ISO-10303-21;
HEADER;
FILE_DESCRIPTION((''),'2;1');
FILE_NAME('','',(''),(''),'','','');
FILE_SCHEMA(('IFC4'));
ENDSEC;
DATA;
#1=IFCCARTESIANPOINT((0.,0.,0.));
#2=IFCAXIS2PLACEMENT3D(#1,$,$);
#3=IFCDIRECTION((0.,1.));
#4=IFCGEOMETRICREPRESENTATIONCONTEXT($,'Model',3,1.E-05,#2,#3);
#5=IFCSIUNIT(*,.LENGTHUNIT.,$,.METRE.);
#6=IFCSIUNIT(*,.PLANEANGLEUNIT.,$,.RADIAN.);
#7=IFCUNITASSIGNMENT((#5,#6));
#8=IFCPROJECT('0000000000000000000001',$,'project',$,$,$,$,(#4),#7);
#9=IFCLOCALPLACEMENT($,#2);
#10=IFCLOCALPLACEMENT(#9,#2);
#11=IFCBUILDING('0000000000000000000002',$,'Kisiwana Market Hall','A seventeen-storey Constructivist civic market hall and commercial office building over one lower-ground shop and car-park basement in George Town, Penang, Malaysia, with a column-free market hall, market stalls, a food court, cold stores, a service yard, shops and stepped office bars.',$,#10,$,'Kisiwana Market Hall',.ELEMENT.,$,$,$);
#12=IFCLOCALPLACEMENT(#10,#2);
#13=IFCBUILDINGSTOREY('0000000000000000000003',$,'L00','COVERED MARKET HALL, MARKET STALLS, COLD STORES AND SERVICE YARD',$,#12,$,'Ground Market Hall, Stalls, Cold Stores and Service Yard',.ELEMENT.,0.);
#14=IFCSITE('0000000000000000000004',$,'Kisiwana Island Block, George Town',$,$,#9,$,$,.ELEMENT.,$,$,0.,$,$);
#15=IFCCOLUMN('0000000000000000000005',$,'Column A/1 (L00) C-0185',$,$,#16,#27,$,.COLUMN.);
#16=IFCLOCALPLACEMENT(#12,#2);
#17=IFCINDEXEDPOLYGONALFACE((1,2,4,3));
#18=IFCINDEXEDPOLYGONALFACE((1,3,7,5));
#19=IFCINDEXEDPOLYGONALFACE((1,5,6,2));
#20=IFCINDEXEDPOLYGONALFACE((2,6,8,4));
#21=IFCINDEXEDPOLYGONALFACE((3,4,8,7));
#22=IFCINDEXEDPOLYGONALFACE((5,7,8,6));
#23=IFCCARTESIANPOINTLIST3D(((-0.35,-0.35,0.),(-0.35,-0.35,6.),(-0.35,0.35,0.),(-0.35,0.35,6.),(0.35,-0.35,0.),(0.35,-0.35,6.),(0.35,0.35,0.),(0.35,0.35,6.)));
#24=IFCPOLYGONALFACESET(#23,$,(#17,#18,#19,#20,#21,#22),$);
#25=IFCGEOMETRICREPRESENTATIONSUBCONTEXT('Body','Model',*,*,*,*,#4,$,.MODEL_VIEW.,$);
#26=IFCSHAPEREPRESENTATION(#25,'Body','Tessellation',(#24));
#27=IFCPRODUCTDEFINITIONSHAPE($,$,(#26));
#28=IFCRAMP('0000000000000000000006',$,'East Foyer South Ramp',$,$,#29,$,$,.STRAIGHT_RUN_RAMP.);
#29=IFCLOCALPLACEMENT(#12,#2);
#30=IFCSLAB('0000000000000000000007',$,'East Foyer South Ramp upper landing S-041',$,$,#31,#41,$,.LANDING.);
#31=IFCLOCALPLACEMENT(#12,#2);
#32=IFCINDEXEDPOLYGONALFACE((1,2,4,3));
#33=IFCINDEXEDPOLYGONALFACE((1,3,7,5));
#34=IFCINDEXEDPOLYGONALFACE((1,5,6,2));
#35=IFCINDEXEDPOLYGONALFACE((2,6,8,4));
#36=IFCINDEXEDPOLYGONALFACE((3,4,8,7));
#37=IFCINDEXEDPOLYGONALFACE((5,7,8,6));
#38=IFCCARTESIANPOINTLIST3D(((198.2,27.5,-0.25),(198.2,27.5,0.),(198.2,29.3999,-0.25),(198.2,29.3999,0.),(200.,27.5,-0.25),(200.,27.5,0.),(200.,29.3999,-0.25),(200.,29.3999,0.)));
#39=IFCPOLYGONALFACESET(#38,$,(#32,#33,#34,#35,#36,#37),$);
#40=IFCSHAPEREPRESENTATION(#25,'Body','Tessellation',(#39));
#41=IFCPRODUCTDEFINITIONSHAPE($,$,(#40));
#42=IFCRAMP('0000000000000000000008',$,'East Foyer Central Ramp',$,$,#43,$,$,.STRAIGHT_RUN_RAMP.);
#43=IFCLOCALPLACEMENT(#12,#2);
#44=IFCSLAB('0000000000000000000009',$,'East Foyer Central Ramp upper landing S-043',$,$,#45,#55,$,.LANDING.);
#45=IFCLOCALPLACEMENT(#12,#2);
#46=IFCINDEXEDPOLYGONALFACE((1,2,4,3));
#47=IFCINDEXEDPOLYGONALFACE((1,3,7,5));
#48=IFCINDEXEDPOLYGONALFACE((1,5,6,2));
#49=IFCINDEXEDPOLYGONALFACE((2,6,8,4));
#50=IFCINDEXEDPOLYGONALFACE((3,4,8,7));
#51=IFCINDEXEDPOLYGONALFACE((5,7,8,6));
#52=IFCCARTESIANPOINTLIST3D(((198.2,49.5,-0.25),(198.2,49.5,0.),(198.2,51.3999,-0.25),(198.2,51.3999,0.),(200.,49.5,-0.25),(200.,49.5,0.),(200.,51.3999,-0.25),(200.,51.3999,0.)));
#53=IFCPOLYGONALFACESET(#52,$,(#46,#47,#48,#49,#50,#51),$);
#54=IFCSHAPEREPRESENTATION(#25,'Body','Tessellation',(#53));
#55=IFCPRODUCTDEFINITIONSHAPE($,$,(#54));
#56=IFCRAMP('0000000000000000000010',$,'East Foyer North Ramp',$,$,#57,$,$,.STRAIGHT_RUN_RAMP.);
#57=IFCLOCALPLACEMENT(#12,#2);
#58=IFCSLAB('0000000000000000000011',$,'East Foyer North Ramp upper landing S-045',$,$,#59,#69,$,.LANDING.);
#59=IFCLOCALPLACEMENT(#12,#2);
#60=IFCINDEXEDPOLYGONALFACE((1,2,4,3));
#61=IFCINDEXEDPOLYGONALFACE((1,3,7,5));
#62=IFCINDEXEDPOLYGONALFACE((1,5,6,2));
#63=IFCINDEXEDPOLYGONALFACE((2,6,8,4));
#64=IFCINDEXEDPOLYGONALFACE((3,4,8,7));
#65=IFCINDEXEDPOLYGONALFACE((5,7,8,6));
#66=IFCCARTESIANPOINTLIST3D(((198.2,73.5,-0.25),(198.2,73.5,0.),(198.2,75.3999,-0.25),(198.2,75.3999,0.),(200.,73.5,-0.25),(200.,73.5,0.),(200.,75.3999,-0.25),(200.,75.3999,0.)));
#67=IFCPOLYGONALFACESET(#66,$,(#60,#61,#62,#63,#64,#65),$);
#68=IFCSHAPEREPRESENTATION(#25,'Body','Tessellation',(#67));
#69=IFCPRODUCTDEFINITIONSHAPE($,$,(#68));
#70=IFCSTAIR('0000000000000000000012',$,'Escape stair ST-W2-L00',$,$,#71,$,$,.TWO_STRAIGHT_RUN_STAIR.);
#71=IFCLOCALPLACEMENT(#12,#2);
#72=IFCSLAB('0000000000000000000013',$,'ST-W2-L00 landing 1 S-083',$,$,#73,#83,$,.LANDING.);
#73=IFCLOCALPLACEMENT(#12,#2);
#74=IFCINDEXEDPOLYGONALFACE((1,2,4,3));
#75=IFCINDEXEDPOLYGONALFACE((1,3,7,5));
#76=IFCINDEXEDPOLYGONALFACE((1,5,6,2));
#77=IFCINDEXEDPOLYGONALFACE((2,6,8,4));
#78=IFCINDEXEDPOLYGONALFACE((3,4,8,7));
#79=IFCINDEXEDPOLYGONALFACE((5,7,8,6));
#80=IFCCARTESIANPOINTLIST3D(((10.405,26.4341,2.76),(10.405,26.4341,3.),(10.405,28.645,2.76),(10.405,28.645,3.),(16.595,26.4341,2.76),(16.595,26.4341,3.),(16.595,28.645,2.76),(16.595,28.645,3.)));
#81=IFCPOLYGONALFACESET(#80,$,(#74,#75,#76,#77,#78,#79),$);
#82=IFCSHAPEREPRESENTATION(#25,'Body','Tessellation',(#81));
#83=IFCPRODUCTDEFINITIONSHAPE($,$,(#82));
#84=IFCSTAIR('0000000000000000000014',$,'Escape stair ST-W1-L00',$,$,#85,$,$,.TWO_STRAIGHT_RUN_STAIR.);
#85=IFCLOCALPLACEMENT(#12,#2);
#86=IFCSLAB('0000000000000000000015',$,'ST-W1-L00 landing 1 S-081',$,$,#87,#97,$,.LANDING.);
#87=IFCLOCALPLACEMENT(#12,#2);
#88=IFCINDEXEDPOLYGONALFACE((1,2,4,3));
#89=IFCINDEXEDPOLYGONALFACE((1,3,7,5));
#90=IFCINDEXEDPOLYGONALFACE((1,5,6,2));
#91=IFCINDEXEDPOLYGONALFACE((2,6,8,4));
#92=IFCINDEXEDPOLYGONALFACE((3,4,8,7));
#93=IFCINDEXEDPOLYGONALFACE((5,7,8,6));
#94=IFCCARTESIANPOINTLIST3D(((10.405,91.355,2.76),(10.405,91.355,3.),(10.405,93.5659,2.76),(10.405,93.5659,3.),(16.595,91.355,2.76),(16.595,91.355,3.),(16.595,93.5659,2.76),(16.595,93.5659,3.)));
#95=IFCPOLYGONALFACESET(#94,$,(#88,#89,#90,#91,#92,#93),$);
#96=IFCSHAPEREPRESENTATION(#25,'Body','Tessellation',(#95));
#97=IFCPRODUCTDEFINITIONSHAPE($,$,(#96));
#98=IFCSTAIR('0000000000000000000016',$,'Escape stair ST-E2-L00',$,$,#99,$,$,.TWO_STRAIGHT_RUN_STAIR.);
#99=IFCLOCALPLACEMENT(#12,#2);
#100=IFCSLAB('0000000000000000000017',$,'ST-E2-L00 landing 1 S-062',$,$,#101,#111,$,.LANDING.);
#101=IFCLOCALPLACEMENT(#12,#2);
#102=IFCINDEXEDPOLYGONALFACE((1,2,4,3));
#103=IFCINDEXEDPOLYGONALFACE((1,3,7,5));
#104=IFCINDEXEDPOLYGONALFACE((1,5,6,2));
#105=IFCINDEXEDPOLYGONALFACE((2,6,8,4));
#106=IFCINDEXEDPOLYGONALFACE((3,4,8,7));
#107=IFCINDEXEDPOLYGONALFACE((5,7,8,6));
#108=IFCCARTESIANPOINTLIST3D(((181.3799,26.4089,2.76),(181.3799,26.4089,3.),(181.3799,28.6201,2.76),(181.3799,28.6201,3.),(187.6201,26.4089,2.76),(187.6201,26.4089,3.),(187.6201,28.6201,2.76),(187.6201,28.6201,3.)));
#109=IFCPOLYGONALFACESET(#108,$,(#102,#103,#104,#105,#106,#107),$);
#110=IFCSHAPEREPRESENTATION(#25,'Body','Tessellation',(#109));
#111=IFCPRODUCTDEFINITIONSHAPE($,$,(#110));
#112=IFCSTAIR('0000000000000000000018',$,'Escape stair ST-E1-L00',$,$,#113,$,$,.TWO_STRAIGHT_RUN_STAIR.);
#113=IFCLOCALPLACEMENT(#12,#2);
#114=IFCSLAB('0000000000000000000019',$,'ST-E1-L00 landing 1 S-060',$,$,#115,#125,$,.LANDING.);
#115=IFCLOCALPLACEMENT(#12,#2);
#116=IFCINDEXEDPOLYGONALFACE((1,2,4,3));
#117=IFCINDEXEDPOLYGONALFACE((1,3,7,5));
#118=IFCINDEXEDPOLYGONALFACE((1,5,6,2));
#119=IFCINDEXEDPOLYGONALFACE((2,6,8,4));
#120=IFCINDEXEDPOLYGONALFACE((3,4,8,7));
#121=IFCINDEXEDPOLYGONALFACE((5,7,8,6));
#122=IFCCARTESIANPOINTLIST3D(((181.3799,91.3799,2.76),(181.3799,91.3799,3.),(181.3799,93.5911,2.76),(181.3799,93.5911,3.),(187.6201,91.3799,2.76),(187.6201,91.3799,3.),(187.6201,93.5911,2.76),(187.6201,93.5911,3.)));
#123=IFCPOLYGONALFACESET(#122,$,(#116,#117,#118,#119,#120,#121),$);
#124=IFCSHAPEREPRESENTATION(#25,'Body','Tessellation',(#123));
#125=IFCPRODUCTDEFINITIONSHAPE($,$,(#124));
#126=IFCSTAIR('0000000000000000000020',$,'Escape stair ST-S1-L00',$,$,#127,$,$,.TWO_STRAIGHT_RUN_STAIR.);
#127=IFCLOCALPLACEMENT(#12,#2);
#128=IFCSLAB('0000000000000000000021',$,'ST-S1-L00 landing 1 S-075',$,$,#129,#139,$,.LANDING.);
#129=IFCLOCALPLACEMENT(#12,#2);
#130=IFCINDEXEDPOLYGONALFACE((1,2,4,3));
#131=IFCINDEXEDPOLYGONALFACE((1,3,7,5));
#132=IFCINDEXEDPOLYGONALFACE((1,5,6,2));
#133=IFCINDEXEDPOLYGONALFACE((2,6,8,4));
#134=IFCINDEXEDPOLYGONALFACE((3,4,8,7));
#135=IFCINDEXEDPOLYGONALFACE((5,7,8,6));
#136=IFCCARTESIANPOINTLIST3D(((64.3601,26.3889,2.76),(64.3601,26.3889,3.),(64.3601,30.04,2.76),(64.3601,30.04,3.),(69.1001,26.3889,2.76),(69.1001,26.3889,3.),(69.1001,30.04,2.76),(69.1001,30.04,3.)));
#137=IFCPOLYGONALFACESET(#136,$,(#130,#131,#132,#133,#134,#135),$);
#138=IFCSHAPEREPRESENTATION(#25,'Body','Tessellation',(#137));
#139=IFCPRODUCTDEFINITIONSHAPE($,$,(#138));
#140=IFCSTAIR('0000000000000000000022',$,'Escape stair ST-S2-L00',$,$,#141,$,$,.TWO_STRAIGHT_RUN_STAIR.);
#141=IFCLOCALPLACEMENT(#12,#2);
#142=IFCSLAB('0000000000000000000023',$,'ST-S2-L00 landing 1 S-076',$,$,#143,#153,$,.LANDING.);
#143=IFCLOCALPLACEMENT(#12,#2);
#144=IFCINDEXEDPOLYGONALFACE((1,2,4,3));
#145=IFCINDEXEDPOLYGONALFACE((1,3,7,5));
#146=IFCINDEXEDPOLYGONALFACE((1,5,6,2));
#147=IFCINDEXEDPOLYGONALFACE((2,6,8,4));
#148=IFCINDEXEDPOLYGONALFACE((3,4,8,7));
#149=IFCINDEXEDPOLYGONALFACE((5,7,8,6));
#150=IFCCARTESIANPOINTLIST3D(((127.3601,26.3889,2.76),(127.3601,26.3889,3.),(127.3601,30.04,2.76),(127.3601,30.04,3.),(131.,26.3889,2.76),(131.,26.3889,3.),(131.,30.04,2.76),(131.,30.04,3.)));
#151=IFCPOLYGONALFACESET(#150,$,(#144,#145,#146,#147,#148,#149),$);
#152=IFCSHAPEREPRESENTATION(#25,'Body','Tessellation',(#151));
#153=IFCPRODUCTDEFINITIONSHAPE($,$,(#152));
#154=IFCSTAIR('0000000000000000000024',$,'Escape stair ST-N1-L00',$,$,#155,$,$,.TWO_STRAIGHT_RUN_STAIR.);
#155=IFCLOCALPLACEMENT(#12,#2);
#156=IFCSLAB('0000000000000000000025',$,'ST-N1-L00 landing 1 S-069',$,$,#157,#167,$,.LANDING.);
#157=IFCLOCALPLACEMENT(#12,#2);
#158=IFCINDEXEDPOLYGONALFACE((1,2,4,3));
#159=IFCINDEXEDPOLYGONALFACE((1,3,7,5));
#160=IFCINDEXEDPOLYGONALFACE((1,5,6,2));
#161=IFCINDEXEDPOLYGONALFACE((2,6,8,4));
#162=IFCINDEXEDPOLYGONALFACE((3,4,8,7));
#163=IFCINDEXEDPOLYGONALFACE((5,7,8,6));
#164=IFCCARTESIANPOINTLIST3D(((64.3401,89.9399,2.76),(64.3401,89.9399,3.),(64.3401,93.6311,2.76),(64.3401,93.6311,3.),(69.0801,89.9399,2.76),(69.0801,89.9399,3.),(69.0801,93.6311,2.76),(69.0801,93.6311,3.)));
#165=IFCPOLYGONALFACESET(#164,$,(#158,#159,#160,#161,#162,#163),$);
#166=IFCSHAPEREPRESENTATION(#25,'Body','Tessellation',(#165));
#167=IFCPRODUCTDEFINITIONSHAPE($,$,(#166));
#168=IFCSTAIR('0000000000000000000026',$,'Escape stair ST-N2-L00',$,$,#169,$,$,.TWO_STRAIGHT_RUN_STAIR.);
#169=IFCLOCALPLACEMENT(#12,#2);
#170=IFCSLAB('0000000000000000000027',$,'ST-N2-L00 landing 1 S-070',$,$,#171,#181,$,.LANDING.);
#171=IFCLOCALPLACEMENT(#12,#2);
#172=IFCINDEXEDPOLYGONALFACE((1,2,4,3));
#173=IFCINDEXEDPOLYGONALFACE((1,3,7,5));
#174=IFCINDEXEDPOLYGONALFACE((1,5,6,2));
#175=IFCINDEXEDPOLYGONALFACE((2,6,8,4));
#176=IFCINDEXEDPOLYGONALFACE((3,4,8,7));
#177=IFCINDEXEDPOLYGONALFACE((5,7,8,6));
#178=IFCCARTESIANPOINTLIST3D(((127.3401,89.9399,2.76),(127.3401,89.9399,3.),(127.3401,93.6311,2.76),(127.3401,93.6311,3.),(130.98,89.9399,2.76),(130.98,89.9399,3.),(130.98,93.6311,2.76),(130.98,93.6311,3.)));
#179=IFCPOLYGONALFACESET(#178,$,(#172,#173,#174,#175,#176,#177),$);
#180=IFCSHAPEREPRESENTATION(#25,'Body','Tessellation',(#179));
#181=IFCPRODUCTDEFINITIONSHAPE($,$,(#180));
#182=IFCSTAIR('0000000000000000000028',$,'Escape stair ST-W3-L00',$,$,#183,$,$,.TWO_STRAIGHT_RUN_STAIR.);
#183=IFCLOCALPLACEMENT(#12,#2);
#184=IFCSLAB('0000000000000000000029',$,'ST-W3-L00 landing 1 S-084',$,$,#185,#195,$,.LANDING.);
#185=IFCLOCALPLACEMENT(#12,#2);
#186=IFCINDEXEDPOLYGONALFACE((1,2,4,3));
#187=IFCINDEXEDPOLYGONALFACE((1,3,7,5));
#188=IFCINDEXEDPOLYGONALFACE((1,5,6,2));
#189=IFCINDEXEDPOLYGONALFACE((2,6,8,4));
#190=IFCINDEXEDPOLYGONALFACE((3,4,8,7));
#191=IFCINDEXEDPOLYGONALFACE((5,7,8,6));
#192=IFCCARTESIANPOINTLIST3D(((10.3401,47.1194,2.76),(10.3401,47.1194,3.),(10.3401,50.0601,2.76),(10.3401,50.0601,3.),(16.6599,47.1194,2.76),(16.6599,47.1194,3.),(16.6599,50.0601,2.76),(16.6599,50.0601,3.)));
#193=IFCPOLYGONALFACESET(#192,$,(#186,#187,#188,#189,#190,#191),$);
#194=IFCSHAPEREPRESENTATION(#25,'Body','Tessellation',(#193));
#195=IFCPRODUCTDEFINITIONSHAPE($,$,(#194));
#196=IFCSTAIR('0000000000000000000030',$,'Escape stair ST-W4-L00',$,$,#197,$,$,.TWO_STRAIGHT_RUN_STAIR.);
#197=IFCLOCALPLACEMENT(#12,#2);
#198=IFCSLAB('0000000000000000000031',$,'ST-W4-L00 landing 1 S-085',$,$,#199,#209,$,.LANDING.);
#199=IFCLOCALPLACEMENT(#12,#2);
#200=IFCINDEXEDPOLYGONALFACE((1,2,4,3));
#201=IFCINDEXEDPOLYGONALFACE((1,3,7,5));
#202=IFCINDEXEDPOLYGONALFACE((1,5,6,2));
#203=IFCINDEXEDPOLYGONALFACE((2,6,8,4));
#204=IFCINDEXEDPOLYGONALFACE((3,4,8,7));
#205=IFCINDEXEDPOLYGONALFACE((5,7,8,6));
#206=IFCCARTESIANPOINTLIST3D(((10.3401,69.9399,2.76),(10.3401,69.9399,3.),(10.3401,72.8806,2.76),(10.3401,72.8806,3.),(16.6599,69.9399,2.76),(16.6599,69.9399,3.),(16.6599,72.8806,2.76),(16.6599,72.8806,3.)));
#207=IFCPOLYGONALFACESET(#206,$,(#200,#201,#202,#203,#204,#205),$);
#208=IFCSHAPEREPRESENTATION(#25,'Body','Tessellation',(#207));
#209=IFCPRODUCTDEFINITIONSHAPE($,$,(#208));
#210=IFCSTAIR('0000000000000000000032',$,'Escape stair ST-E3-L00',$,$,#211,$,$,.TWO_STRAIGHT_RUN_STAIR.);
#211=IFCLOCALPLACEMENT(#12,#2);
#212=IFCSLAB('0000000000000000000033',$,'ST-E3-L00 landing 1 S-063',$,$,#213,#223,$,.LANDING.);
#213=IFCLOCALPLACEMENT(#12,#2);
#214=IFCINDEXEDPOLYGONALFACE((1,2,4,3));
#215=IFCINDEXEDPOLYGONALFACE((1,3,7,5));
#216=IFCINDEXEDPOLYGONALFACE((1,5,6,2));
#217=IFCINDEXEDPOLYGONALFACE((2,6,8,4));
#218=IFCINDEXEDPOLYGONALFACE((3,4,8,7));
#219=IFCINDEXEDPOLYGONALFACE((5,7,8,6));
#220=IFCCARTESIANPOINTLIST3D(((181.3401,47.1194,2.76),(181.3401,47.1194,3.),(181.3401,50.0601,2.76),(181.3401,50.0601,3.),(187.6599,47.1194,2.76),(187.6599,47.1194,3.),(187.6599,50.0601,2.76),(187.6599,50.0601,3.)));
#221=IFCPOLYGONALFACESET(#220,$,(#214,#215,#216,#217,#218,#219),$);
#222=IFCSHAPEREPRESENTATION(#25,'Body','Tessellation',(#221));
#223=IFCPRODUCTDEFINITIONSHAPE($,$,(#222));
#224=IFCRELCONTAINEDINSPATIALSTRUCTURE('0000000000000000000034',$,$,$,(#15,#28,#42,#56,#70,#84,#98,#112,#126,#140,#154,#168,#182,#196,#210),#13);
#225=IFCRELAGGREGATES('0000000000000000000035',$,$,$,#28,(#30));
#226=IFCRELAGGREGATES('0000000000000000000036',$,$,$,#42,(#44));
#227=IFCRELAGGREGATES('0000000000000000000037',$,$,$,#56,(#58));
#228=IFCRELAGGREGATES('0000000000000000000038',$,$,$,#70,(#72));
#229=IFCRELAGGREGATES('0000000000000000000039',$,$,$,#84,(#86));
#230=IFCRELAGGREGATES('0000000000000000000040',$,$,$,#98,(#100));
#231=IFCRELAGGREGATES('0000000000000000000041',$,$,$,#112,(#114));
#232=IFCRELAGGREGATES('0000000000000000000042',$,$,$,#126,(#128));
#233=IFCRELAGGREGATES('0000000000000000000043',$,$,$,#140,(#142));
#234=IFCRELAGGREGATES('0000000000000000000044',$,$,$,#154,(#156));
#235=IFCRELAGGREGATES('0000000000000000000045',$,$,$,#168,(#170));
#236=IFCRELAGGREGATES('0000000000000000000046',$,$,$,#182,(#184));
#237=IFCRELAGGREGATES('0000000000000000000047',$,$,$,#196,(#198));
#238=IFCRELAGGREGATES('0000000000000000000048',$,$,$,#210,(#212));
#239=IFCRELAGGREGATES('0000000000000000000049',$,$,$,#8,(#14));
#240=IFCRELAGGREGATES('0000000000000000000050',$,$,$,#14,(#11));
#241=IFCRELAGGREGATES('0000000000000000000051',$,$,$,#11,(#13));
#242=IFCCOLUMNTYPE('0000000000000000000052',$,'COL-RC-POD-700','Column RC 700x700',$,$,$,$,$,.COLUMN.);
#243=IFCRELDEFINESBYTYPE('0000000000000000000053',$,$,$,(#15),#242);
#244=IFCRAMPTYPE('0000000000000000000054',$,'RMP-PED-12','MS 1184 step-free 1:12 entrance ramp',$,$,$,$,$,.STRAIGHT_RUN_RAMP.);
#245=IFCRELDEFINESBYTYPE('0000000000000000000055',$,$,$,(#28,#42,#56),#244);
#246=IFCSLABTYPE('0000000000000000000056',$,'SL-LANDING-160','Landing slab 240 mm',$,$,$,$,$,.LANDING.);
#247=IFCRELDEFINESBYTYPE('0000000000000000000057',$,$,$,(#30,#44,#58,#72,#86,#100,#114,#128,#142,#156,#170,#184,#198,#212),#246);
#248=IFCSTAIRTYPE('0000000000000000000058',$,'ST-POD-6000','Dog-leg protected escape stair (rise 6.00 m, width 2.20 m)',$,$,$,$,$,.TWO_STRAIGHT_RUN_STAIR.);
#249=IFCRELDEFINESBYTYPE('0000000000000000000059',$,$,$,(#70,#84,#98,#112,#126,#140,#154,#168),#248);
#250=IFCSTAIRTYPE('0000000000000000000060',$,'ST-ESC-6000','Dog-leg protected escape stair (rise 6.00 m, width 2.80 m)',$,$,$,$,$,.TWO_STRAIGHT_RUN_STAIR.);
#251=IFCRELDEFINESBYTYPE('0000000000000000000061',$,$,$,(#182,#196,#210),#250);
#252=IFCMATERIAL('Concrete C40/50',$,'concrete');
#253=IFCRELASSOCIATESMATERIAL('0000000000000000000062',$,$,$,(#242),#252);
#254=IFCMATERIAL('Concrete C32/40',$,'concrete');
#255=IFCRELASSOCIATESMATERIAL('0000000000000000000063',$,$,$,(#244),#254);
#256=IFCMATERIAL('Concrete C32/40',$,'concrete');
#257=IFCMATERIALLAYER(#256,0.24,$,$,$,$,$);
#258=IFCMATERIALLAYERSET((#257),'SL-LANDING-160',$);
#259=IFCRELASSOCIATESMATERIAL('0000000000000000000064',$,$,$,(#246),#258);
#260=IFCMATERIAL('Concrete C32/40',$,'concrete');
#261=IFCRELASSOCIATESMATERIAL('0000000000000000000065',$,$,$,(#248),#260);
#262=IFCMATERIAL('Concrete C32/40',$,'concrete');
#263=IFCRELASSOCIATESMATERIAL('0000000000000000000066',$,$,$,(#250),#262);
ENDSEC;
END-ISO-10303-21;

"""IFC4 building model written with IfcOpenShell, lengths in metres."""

from ifc_helpers import new_model, si_unit, direction, frame, origin, origin_with_axes, origin_2d, place, context, subcontext, project, spatial, polyline, rectangle, outline, extrude, material, layer, layer_set, material_profile, profile_set, type_object, element, aggregate, save


model = new_model("IFC4")

# Units and contexts
model_context = context("Model", 3, precision=1e-05, world=origin(), true_north=direction((0.0, 1.0)))
body_context = subcontext(model_context, "Body", "Model", "MODEL_VIEW")
ifc_project = project(units=[si_unit("LENGTHUNIT", "METRE"), si_unit("PLANEANGLEUNIT", "RADIAN")], contexts=[model_context])

# Site, building, storey
site_placement = place(None, origin())
site = spatial("IfcSite", under=ifc_project, at=site_placement, Name="Kisiwana Island Block, George Town", CompositionType="ELEMENT", RefElevation=0.0)
building_placement = place(site_placement, origin())
building = spatial("IfcBuilding", under=site, at=building_placement, Name="Kisiwana Market Hall", Description="A seventeen-storey Constructivist civic market hall and commercial office building over one lower-ground shop and car-park basement in George Town, Penang, Malaysia, with a column-free market hall, market stalls, a food court, cold stores, a service yard, shops and stepped office bars.", LongName="Kisiwana Market Hall", CompositionType="ELEMENT")
storey_placement = place(building_placement, origin())
storey = spatial("IfcBuildingStorey", under=building, at=storey_placement, Name="L00", Description="COVERED MARKET HALL, MARKET STALLS, COLD STORES AND SERVICE YARD", LongName="Ground Market Hall, Stalls, Cold Stores and Service Yard", CompositionType="ELEMENT", Elevation=0.0)

# Column
ifc_material_1 = material(Name="Concrete C40/50", Category="concrete")
ifc_material_profile = material_profile(ifc_material_1, rectangle(XDim=0.7, YDim=0.7, at=origin_2d()), Name="RC 700x700")
ifc_profile_set = profile_set([ifc_material_profile], Name="Concrete C40/50")
column_type = type_object("IfcColumnType", Name="COL-RC-POD-700", Description="Column RC 700x700", PredefinedType="COLUMN", material=ifc_profile_set)
column_placement = place(storey_placement, origin_with_axes())
element("IfcColumn", 1, at=column_placement, inside=storey, type_object=column_type, Name="Column A/1 (L00) C-0185", PredefinedType="COLUMN", context=body_context, shape_type="SweptSolid", body=[
    extrude(rectangle(XDim=0.7, YDim=0.7, at=origin_2d()), origin(), (0.0, 0.0, 1.0), 6.0),
])

# Ramps, slabs
ifc_material_2 = material(Name="Concrete C32/40", Category="concrete")
ramp_type = type_object("IfcRampType", Name="RMP-PED-12", Description="MS 1184 step-free 1:12 entrance ramp", PredefinedType="STRAIGHT_RUN_RAMP", material=ifc_material_2)
ramp_1_placement = place(storey_placement, origin())
ramp_1 = element("IfcRamp", 2, at=ramp_1_placement, inside=storey, type_object=ramp_type, Name="East Foyer South Ramp", PredefinedType="STRAIGHT_RUN_RAMP")
ifc_material_3 = material(Name="Concrete C32/40", Category="concrete")
ifc_layer_1 = layer(ifc_material_3, 0.24)
ifc_layer_set_1 = layer_set([ifc_layer_1], Name="SL-LANDING-160")
slab_type = type_object("IfcSlabType", Name="SL-LANDING-160", Description="Landing slab 240 mm", PredefinedType="LANDING", material=ifc_layer_set_1)
slab_1_placement = place(storey_placement, frame((0.0, 0.0, -0.25)))
slab_1 = element("IfcSlab", 3, at=slab_1_placement, type_object=slab_type, Name="East Foyer South Ramp upper landing S-041", PredefinedType="LANDING", context=body_context, shape_type="SweptSolid", body=[
    extrude(outline(polyline([(198.2, 27.5), (200.0, 27.5), (200.0, 29.3999), (198.2, 29.3999), (198.2, 27.5)])), origin(), (0.0, 0.0, 1.0), 0.25),
])
aggregate(ramp_1, [slab_1])
ramp_2_placement = place(storey_placement, origin())
ramp_2 = element("IfcRamp", 4, at=ramp_2_placement, inside=storey, type_object=ramp_type, Name="East Foyer Central Ramp", PredefinedType="STRAIGHT_RUN_RAMP")
slab_2_placement = place(storey_placement, frame((0.0, 0.0, -0.25)))
slab_2 = element("IfcSlab", 5, at=slab_2_placement, type_object=slab_type, Name="East Foyer Central Ramp upper landing S-043", PredefinedType="LANDING", context=body_context, shape_type="SweptSolid", body=[
    extrude(outline(polyline([(198.2, 49.5), (200.0, 49.5), (200.0, 51.3999), (198.2, 51.3999), (198.2, 49.5)])), origin(), (0.0, 0.0, 1.0), 0.25),
])
aggregate(ramp_2, [slab_2])
ramp_3_placement = place(storey_placement, origin())
ramp_3 = element("IfcRamp", 6, at=ramp_3_placement, inside=storey, type_object=ramp_type, Name="East Foyer North Ramp", PredefinedType="STRAIGHT_RUN_RAMP")
slab_3_placement = place(storey_placement, frame((0.0, 0.0, -0.25)))
slab_3 = element("IfcSlab", 7, at=slab_3_placement, type_object=slab_type, Name="East Foyer North Ramp upper landing S-045", PredefinedType="LANDING", context=body_context, shape_type="SweptSolid", body=[
    extrude(outline(polyline([(198.2, 73.5), (200.0, 73.5), (200.0, 75.3999), (198.2, 75.3999), (198.2, 73.5)])), origin(), (0.0, 0.0, 1.0), 0.25),
])
aggregate(ramp_3, [slab_3])

# Stairs, slabs
ifc_material_4 = material(Name="Concrete C32/40", Category="concrete")
stair_type_1 = type_object("IfcStairType", Name="ST-POD-6000", Description="Dog-leg protected escape stair (rise 6.00 m, width 2.20 m)", PredefinedType="TWO_STRAIGHT_RUN_STAIR", material=ifc_material_4)
stair_1_placement = place(storey_placement, origin())
stair_1 = element("IfcStair", 8, at=stair_1_placement, inside=storey, type_object=stair_type_1, Name="Escape stair ST-W2-L00", PredefinedType="TWO_STRAIGHT_RUN_STAIR")
slab_4_placement = place(storey_placement, frame((0.0, 0.0, 2.76)))
slab_4 = element("IfcSlab", 9, at=slab_4_placement, type_object=slab_type, Name="ST-W2-L00 landing 1 S-083", PredefinedType="LANDING", context=body_context, shape_type="SweptSolid", body=[
    extrude(outline(polyline([(10.405, 26.4341), (16.595, 26.4341), (16.595, 28.645), (10.405, 28.645), (10.405, 26.4341)])), origin(), (0.0, 0.0, 1.0), 0.24),
])
aggregate(stair_1, [slab_4])
stair_2_placement = place(storey_placement, origin())
stair_2 = element("IfcStair", 10, at=stair_2_placement, inside=storey, type_object=stair_type_1, Name="Escape stair ST-W1-L00", PredefinedType="TWO_STRAIGHT_RUN_STAIR")
slab_5_placement = place(storey_placement, frame((0.0, 0.0, 2.76)))
slab_5 = element("IfcSlab", 11, at=slab_5_placement, type_object=slab_type, Name="ST-W1-L00 landing 1 S-081", PredefinedType="LANDING", context=body_context, shape_type="SweptSolid", body=[
    extrude(outline(polyline([(10.405, 91.355), (16.595, 91.355), (16.595, 93.5659), (10.405, 93.5659), (10.405, 91.355)])), origin(), (0.0, 0.0, 1.0), 0.24),
])
aggregate(stair_2, [slab_5])
stair_3_placement = place(storey_placement, origin())
stair_3 = element("IfcStair", 12, at=stair_3_placement, inside=storey, type_object=stair_type_1, Name="Escape stair ST-E2-L00", PredefinedType="TWO_STRAIGHT_RUN_STAIR")
slab_6_placement = place(storey_placement, frame((0.0, 0.0, 2.76)))
slab_6 = element("IfcSlab", 13, at=slab_6_placement, type_object=slab_type, Name="ST-E2-L00 landing 1 S-062", PredefinedType="LANDING", context=body_context, shape_type="SweptSolid", body=[
    extrude(outline(polyline([(181.3799, 26.4089), (187.6201, 26.4089), (187.6201, 28.6201), (181.3799, 28.6201), (181.3799, 26.4089)])), origin(), (0.0, 0.0, 1.0), 0.24),
])
aggregate(stair_3, [slab_6])
stair_4_placement = place(storey_placement, origin())
stair_4 = element("IfcStair", 14, at=stair_4_placement, inside=storey, type_object=stair_type_1, Name="Escape stair ST-E1-L00", PredefinedType="TWO_STRAIGHT_RUN_STAIR")
slab_7_placement = place(storey_placement, frame((0.0, 0.0, 2.76)))
slab_7 = element("IfcSlab", 15, at=slab_7_placement, type_object=slab_type, Name="ST-E1-L00 landing 1 S-060", PredefinedType="LANDING", context=body_context, shape_type="SweptSolid", body=[
    extrude(outline(polyline([(181.3799, 91.3799), (187.6201, 91.3799), (187.6201, 93.5911), (181.3799, 93.5911), (181.3799, 91.3799)])), origin(), (0.0, 0.0, 1.0), 0.24),
])
aggregate(stair_4, [slab_7])
stair_5_placement = place(storey_placement, origin())
stair_5 = element("IfcStair", 16, at=stair_5_placement, inside=storey, type_object=stair_type_1, Name="Escape stair ST-S1-L00", PredefinedType="TWO_STRAIGHT_RUN_STAIR")
slab_8_placement = place(storey_placement, frame((0.0, 0.0, 2.76)))
slab_8 = element("IfcSlab", 17, at=slab_8_placement, type_object=slab_type, Name="ST-S1-L00 landing 1 S-075", PredefinedType="LANDING", context=body_context, shape_type="SweptSolid", body=[
    extrude(outline(polyline([(64.3601, 26.3889), (69.1001, 26.3889), (69.1001, 30.04), (64.3601, 30.04), (64.3601, 26.3889)])), origin(), (0.0, 0.0, 1.0), 0.24),
])
aggregate(stair_5, [slab_8])
stair_6_placement = place(storey_placement, origin())
stair_6 = element("IfcStair", 18, at=stair_6_placement, inside=storey, type_object=stair_type_1, Name="Escape stair ST-S2-L00", PredefinedType="TWO_STRAIGHT_RUN_STAIR")
slab_9_placement = place(storey_placement, frame((0.0, 0.0, 2.76)))
slab_9 = element("IfcSlab", 19, at=slab_9_placement, type_object=slab_type, Name="ST-S2-L00 landing 1 S-076", PredefinedType="LANDING", context=body_context, shape_type="SweptSolid", body=[
    extrude(outline(polyline([(127.3601, 26.3889), (131.0, 26.3889), (131.0, 30.04), (127.3601, 30.04), (127.3601, 26.3889)])), origin(), (0.0, 0.0, 1.0), 0.24),
])
aggregate(stair_6, [slab_9])
stair_7_placement = place(storey_placement, origin())
stair_7 = element("IfcStair", 20, at=stair_7_placement, inside=storey, type_object=stair_type_1, Name="Escape stair ST-N1-L00", PredefinedType="TWO_STRAIGHT_RUN_STAIR")
slab_10_placement = place(storey_placement, frame((0.0, 0.0, 2.76)))
slab_10 = element("IfcSlab", 21, at=slab_10_placement, type_object=slab_type, Name="ST-N1-L00 landing 1 S-069", PredefinedType="LANDING", context=body_context, shape_type="SweptSolid", body=[
    extrude(outline(polyline([(64.3401, 89.9399), (69.0801, 89.9399), (69.0801, 93.6311), (64.3401, 93.6311), (64.3401, 89.9399)])), origin(), (0.0, 0.0, 1.0), 0.24),
])
aggregate(stair_7, [slab_10])
stair_8_placement = place(storey_placement, origin())
stair_8 = element("IfcStair", 22, at=stair_8_placement, inside=storey, type_object=stair_type_1, Name="Escape stair ST-N2-L00", PredefinedType="TWO_STRAIGHT_RUN_STAIR")
slab_11_placement = place(storey_placement, frame((0.0, 0.0, 2.76)))
slab_11 = element("IfcSlab", 23, at=slab_11_placement, type_object=slab_type, Name="ST-N2-L00 landing 1 S-070", PredefinedType="LANDING", context=body_context, shape_type="SweptSolid", body=[
    extrude(outline(polyline([(127.3401, 89.9399), (130.98, 89.9399), (130.98, 93.6311), (127.3401, 93.6311), (127.3401, 89.9399)])), origin(), (0.0, 0.0, 1.0), 0.24),
])
aggregate(stair_8, [slab_11])
ifc_material_5 = material(Name="Concrete C32/40", Category="concrete")
stair_type_2 = type_object("IfcStairType", Name="ST-ESC-6000", Description="Dog-leg protected escape stair (rise 6.00 m, width 2.80 m)", PredefinedType="TWO_STRAIGHT_RUN_STAIR", material=ifc_material_5)
stair_9_placement = place(storey_placement, origin())
stair_9 = element("IfcStair", 24, at=stair_9_placement, inside=storey, type_object=stair_type_2, Name="Escape stair ST-W3-L00", PredefinedType="TWO_STRAIGHT_RUN_STAIR")
slab_12_placement = place(storey_placement, frame((0.0, 0.0, 2.76)))
slab_12 = element("IfcSlab", 25, at=slab_12_placement, type_object=slab_type, Name="ST-W3-L00 landing 1 S-084", PredefinedType="LANDING", context=body_context, shape_type="SweptSolid", body=[
    extrude(outline(polyline([(10.3401, 47.1194), (16.6599, 47.1194), (16.6599, 50.0601), (10.3401, 50.0601), (10.3401, 47.1194)])), origin(), (0.0, 0.0, 1.0), 0.24),
])
aggregate(stair_9, [slab_12])
stair_10_placement = place(storey_placement, origin())
stair_10 = element("IfcStair", 26, at=stair_10_placement, inside=storey, type_object=stair_type_2, Name="Escape stair ST-W4-L00", PredefinedType="TWO_STRAIGHT_RUN_STAIR")
slab_13_placement = place(storey_placement, frame((0.0, 0.0, 2.76)))
slab_13 = element("IfcSlab", 27, at=slab_13_placement, type_object=slab_type, Name="ST-W4-L00 landing 1 S-085", PredefinedType="LANDING", context=body_context, shape_type="SweptSolid", body=[
    extrude(outline(polyline([(10.3401, 69.9399), (16.6599, 69.9399), (16.6599, 72.8806), (10.3401, 72.8806), (10.3401, 69.9399)])), origin(), (0.0, 0.0, 1.0), 0.24),
])
aggregate(stair_10, [slab_13])
stair_11_placement = place(storey_placement, origin())
stair_11 = element("IfcStair", 28, at=stair_11_placement, inside=storey, type_object=stair_type_2, Name="Escape stair ST-E3-L00", PredefinedType="TWO_STRAIGHT_RUN_STAIR")
slab_14_placement = place(storey_placement, frame((0.0, 0.0, 2.76)))
slab_14 = element("IfcSlab", 29, at=slab_14_placement, type_object=slab_type, Name="ST-E3-L00 landing 1 S-063", PredefinedType="LANDING", context=body_context, shape_type="SweptSolid", body=[
    extrude(outline(polyline([(181.3401, 47.1194), (187.6599, 47.1194), (187.6599, 50.0601), (181.3401, 50.0601), (181.3401, 47.1194)])), origin(), (0.0, 0.0, 1.0), 0.24),
])
aggregate(stair_11, [slab_14])

save(model, "model.ifc")
